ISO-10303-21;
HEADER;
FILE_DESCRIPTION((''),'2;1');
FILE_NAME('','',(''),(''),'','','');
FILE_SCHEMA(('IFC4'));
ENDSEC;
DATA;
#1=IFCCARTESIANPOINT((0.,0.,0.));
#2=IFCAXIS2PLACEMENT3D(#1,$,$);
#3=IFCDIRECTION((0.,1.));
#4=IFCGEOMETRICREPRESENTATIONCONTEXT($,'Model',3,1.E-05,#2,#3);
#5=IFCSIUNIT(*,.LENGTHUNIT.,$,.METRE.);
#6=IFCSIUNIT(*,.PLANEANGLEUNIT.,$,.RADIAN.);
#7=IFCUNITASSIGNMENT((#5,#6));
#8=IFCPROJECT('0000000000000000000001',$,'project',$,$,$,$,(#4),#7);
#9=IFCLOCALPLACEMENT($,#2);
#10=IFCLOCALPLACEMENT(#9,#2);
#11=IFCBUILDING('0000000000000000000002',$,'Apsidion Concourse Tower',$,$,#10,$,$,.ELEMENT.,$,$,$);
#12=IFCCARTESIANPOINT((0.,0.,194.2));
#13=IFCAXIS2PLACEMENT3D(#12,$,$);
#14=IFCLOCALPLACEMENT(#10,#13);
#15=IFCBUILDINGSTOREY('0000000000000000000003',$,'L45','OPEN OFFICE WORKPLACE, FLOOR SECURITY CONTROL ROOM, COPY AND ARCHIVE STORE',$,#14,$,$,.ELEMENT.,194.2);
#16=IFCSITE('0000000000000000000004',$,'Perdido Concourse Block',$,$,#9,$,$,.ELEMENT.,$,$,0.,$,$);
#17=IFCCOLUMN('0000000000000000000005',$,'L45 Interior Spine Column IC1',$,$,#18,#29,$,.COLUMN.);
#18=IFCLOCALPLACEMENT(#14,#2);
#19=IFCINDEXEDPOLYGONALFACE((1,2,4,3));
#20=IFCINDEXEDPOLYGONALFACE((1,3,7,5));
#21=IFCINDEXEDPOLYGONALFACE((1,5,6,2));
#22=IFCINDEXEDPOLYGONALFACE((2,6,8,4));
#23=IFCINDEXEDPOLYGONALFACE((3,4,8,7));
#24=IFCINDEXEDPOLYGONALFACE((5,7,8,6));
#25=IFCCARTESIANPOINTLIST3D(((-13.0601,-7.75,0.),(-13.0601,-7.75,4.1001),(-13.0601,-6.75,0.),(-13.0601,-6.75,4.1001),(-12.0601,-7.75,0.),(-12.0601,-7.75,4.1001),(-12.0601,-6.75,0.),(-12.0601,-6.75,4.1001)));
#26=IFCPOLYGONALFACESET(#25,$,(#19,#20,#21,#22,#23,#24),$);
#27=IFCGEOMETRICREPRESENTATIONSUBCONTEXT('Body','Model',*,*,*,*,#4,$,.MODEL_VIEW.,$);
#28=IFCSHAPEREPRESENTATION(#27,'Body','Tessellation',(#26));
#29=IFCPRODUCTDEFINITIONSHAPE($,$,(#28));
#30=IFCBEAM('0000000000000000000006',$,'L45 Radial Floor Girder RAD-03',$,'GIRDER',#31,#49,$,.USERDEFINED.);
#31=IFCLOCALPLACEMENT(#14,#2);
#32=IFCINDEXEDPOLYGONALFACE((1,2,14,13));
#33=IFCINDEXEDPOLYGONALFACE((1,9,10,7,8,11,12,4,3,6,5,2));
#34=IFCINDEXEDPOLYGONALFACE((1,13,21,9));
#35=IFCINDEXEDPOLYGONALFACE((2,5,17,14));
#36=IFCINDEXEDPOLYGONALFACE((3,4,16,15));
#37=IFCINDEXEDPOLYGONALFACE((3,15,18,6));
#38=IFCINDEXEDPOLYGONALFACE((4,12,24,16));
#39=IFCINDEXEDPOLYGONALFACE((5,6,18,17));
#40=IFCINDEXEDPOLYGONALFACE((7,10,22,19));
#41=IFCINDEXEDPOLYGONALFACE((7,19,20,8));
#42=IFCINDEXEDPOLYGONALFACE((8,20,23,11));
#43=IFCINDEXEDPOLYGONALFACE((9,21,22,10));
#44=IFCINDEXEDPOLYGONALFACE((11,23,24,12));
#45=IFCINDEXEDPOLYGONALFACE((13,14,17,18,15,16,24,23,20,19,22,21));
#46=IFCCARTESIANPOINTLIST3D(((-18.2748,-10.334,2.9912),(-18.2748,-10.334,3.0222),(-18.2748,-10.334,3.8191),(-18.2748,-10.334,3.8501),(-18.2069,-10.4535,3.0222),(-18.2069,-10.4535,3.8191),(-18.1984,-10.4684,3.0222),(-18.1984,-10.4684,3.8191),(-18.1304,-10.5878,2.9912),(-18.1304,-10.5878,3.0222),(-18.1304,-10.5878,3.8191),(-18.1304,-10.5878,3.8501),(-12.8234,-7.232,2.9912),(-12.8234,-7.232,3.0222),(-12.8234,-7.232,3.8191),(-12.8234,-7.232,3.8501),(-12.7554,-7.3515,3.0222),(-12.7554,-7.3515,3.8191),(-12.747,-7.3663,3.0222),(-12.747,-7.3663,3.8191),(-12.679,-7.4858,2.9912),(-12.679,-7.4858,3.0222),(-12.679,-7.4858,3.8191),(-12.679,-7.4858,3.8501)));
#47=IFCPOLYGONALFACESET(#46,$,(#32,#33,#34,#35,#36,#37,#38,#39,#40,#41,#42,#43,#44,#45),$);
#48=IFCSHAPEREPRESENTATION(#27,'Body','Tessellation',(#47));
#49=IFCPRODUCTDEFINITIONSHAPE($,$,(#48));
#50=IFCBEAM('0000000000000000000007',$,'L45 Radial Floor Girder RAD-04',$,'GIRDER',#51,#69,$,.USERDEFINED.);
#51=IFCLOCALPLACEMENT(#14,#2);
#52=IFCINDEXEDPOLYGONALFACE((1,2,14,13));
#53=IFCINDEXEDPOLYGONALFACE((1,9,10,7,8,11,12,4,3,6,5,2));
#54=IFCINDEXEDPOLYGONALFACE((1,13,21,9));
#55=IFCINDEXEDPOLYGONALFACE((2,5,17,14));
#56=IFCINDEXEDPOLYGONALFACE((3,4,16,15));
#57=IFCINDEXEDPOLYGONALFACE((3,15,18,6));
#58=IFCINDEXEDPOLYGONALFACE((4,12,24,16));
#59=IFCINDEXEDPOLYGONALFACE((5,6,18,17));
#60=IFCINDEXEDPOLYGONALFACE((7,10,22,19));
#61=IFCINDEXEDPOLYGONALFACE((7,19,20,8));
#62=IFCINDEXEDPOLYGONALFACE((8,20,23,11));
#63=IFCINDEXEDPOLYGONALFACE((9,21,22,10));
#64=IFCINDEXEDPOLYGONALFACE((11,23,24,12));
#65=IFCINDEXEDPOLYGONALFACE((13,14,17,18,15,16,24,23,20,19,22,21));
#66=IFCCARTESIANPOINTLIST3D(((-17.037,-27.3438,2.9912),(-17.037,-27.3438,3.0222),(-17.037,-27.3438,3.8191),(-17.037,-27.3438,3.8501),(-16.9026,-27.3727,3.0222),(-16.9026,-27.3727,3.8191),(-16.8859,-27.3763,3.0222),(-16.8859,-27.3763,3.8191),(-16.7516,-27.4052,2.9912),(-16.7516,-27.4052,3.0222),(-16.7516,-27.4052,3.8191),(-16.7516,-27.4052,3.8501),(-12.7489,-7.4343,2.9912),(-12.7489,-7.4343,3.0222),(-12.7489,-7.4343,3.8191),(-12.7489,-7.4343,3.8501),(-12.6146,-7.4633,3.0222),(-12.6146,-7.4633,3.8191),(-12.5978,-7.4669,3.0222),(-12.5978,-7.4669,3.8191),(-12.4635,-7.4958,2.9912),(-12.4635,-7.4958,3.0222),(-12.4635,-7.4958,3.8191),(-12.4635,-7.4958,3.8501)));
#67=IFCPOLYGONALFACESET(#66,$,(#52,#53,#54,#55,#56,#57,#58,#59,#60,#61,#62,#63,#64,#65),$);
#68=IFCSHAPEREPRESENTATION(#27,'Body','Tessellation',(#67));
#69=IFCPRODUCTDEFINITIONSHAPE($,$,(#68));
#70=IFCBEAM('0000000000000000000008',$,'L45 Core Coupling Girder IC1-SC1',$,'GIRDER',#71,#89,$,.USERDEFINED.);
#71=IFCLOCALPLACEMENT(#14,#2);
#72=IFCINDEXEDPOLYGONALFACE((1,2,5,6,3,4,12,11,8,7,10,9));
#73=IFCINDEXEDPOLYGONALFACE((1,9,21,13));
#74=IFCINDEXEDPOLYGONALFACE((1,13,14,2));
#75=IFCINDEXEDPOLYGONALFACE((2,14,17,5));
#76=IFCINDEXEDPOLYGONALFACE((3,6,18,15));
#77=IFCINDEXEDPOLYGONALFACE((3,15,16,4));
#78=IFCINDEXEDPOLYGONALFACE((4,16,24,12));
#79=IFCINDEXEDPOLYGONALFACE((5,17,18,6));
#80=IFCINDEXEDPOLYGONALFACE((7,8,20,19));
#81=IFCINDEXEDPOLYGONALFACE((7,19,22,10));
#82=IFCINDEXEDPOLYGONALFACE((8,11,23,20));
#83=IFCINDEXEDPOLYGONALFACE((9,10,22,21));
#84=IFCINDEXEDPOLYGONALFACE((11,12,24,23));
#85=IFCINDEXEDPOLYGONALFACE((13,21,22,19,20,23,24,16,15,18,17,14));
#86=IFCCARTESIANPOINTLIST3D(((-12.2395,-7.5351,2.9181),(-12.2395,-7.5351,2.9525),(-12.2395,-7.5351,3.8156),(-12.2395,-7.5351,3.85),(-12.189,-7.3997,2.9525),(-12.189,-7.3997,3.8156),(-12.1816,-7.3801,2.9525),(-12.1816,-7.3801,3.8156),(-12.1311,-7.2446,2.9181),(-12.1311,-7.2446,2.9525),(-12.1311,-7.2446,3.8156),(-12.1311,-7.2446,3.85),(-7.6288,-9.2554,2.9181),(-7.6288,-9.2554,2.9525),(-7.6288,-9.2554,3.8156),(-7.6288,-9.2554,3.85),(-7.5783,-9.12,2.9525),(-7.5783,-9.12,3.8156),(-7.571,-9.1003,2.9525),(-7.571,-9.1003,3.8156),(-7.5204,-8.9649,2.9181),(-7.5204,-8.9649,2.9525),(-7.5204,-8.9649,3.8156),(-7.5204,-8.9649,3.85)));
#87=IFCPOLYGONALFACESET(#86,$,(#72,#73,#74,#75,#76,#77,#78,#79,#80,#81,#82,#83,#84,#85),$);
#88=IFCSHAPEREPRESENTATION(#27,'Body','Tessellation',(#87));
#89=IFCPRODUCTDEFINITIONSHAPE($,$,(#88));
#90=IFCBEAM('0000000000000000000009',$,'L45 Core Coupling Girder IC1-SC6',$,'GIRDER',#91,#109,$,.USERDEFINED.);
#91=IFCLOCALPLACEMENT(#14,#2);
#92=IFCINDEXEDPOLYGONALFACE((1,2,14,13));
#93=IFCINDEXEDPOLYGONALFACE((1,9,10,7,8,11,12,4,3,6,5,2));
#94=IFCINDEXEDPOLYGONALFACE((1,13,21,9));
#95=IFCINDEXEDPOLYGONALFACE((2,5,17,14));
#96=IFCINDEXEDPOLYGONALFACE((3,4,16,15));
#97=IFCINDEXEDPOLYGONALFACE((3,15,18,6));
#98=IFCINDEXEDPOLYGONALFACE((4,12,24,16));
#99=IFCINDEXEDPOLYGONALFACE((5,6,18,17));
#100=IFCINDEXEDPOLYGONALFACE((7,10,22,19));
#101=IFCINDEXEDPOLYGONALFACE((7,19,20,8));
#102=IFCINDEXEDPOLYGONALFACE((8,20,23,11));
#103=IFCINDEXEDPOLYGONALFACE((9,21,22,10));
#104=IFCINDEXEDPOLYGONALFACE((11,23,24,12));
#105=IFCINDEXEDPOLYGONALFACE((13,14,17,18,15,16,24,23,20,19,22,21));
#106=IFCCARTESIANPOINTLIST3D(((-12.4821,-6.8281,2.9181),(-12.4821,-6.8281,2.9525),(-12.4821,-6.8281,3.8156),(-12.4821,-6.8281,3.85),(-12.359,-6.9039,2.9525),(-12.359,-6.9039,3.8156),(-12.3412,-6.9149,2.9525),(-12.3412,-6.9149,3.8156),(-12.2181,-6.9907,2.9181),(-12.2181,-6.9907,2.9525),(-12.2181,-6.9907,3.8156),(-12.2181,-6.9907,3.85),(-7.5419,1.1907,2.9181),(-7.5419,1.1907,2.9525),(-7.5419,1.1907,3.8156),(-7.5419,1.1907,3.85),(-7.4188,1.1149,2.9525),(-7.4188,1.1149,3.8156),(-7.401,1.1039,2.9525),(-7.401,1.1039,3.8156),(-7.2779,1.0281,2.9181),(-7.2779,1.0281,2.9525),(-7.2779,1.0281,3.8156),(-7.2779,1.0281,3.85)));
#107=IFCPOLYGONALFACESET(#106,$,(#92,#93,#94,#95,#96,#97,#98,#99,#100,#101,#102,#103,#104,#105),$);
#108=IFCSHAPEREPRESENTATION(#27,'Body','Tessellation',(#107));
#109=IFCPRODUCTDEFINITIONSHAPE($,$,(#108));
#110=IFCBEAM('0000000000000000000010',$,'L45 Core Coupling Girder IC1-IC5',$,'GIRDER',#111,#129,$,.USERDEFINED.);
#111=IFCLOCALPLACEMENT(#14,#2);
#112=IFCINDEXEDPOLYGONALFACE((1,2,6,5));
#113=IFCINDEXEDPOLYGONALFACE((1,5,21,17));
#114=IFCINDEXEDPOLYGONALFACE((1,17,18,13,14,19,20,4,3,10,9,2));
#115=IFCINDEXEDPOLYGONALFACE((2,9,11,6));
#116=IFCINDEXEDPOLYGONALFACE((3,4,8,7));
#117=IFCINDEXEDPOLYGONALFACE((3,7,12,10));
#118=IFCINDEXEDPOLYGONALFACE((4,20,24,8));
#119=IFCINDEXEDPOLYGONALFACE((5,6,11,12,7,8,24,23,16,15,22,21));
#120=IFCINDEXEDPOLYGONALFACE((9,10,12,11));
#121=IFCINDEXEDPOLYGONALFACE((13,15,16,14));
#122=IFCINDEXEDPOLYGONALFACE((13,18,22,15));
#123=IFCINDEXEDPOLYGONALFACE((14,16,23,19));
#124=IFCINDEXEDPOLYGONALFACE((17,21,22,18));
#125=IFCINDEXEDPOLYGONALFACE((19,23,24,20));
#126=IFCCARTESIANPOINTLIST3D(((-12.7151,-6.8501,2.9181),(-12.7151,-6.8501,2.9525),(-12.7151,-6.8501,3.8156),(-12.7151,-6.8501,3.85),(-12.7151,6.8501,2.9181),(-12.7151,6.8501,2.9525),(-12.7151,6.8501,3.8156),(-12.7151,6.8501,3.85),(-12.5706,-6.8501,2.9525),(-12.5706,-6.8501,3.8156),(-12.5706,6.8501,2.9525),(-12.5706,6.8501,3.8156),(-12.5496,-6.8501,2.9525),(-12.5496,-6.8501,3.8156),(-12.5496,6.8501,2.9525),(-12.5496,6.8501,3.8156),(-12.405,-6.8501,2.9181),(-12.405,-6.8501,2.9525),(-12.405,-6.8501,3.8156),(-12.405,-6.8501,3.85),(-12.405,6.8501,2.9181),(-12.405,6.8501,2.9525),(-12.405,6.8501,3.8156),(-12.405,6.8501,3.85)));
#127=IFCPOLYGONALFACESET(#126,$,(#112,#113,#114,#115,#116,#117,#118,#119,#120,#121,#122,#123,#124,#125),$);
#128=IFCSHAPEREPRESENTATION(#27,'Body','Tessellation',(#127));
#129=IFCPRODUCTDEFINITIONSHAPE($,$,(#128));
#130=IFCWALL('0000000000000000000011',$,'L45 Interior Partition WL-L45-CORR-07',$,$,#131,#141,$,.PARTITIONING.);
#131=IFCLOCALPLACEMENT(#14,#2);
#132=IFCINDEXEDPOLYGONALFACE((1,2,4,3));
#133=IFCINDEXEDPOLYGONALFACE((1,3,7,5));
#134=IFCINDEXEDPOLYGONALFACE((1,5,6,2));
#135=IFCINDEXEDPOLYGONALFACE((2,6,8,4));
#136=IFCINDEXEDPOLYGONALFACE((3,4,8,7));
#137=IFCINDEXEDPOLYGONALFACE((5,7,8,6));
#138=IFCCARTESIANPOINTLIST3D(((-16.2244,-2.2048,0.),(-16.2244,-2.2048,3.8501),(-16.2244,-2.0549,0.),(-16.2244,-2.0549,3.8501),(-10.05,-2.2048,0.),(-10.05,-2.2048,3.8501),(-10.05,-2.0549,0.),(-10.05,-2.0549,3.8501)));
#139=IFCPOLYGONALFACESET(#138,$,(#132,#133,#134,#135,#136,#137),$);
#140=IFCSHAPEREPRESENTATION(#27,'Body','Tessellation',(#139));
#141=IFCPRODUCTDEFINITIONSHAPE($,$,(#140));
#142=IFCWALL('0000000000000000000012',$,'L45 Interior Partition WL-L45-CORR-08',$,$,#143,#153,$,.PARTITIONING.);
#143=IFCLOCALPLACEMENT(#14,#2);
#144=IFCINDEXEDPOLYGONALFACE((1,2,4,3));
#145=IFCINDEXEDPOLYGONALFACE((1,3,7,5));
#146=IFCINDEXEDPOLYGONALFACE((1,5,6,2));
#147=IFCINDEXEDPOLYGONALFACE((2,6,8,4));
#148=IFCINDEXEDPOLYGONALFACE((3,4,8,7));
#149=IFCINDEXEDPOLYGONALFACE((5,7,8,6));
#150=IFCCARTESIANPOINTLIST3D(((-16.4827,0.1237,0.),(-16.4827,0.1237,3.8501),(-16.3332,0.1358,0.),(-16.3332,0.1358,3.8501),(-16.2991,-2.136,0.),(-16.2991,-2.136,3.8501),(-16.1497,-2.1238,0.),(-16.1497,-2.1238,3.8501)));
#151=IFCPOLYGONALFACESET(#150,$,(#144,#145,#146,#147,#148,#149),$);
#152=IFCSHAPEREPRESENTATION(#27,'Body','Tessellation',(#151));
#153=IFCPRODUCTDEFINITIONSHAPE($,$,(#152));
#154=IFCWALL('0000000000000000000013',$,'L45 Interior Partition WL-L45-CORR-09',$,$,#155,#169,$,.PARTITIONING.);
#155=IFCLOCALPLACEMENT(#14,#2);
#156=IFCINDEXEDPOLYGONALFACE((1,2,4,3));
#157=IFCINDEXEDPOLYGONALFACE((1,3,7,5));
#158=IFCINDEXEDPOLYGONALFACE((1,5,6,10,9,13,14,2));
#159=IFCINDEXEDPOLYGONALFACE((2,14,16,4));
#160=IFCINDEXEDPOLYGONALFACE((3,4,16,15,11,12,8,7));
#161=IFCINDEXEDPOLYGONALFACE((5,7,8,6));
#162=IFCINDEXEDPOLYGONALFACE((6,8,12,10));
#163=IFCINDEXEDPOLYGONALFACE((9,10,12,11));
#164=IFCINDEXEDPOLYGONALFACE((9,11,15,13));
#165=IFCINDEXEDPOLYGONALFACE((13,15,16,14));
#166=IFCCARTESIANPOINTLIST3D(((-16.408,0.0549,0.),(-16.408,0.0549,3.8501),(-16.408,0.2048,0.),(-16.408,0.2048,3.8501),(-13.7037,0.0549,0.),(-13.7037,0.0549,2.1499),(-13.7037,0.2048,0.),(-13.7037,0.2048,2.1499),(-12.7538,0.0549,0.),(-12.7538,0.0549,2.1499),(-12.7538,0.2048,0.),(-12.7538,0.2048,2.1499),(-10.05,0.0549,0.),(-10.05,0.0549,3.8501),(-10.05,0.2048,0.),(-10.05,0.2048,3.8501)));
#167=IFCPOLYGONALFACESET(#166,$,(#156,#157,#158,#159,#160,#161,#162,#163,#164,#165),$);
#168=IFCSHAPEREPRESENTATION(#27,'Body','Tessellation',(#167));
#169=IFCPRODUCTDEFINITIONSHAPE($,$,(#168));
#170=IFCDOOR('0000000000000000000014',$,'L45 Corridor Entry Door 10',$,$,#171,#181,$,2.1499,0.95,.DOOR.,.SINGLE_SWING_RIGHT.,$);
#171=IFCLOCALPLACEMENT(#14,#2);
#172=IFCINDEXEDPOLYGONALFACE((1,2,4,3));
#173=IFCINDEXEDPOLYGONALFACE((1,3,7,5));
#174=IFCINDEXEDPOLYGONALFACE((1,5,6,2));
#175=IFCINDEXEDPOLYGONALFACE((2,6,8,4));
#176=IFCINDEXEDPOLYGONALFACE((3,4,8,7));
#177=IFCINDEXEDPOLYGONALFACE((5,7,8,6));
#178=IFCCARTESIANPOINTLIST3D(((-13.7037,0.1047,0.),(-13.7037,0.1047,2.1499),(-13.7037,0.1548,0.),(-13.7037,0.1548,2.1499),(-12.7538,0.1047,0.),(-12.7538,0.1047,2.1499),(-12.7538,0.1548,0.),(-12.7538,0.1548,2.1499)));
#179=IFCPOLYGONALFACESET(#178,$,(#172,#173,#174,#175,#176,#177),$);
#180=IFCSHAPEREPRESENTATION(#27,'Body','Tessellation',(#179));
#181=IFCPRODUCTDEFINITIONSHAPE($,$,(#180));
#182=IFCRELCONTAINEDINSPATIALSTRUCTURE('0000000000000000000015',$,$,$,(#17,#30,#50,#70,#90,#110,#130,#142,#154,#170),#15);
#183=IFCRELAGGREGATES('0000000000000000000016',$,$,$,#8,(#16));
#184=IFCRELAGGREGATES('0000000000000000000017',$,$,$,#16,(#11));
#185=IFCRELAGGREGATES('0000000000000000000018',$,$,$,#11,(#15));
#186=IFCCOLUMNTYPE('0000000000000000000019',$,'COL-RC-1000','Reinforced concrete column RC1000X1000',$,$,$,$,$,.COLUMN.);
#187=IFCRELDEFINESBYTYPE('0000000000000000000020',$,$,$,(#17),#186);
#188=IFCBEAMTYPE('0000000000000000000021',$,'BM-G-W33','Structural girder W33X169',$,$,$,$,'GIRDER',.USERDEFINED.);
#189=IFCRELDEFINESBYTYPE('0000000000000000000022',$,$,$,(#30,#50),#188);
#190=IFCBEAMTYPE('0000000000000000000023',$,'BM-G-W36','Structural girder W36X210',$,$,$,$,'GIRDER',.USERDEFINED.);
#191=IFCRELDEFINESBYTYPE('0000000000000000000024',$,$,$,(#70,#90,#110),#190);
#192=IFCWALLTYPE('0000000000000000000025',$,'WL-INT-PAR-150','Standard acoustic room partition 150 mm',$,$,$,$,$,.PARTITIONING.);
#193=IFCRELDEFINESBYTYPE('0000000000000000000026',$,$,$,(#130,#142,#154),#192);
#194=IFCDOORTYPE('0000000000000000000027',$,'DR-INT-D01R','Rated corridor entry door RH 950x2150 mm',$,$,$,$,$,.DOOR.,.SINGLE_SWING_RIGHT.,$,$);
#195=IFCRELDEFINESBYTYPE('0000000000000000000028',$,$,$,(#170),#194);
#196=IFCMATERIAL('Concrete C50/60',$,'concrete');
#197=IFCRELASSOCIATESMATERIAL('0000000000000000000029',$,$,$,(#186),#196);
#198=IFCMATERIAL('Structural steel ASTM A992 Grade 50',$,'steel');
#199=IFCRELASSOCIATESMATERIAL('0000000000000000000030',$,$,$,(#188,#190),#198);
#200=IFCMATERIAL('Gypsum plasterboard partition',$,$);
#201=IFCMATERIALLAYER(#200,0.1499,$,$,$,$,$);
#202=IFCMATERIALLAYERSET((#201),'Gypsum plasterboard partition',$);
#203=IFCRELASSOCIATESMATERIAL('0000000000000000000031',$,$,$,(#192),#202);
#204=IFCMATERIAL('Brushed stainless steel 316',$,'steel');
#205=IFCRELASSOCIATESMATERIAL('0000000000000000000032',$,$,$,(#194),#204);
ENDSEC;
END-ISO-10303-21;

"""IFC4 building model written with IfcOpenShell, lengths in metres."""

from ifc_helpers import new_model, si_unit, direction, frame, frame_2d, origin, origin_2d, place, context, subcontext, project, spatial, rectangle, i_section, extrude, material, layer, layer_set, material_profile, profile_set, type_object, element, fill, save


model = new_model("IFC4")

# Units and contexts
model_context = context("Model", 3, precision=1e-05, world=origin(), true_north=direction((0.0, 1.0)))
body_context = subcontext(model_context, "Body", "Model", "MODEL_VIEW")
ifc_project = project(units=[si_unit("LENGTHUNIT", "METRE"), si_unit("PLANEANGLEUNIT", "RADIAN")], contexts=[model_context])

# Site, building, storey
site_placement = place(None, origin())
site = spatial("IfcSite", under=ifc_project, at=site_placement, Name="Perdido Concourse Block", CompositionType="ELEMENT", RefElevation=0.0)
building_placement = place(site_placement, origin())
building = spatial("IfcBuilding", under=site, at=building_placement, Name="Apsidion Concourse Tower", CompositionType="ELEMENT")
storey_placement = place(building_placement, frame((0.0, 0.0, 194.2)))
storey = spatial("IfcBuildingStorey", under=building, at=storey_placement, Name="L45", Description="OPEN OFFICE WORKPLACE, FLOOR SECURITY CONTROL ROOM, COPY AND ARCHIVE STORE", CompositionType="ELEMENT", Elevation=194.2)

# Column
ifc_material_1 = material(Name="Concrete C50/60", Category="concrete")
ifc_material_profile_1 = material_profile(ifc_material_1, rectangle(XDim=1.0, YDim=1.0, at=origin_2d()), Name="RC 1000x1000")
ifc_profile_set_1 = profile_set([ifc_material_profile_1], Name="Concrete C50/60")
column_type = type_object("IfcColumnType", Name="COL-RC-1000", Description="Reinforced concrete column RC1000X1000", PredefinedType="COLUMN", material=ifc_profile_set_1)
column_placement = place(storey_placement, frame((-12.5601, -7.25, 0.0), z_axis=(0.0, 0.0, 1.0), x_axis=(1.0, 0.0, 0.0)))
element("IfcColumn", 1, at=column_placement, inside=storey, type_object=column_type, Name="L45 Interior Spine Column IC1", PredefinedType="COLUMN", context=body_context, shape_type="SweptSolid", body=[
    extrude(rectangle(XDim=1.0, YDim=1.0, at=origin_2d()), origin(), (0.0, 0.0, 1.0), 4.1001),
])

# Beams
ifc_material_2 = material(Name="Structural steel ASTM A992 Grade 50", Category="steel")
ifc_material_profile_2 = material_profile(ifc_material_2, i_section(OverallWidth=0.292, OverallDepth=0.8589, WebThickness=0.0171, FlangeThickness=0.031, at=origin_2d()), Name="W33X169")
ifc_profile_set_2 = profile_set([ifc_material_profile_2], Name="Structural steel ASTM A992 Grade 50")
beam_type_1 = type_object("IfcBeamType", Name="BM-G-W33", Description="Structural girder W33X169", ElementType="GIRDER", PredefinedType="USERDEFINED", material=ifc_profile_set_2)
beam_1_placement = place(storey_placement, frame((-12.7512, -7.3589, 3.4207), z_axis=(-0.869138, -0.49457, 0.0), x_axis=(0.49457, -0.869138, 0.0)))
element("IfcBeam", 2, at=beam_1_placement, inside=storey, type_object=beam_type_1, Name="L45 Radial Floor Girder RAD-03", ObjectType="GIRDER", PredefinedType="USERDEFINED", context=body_context, shape_type="SweptSolid", body=[
    extrude(i_section(OverallWidth=0.292, OverallDepth=0.8589, WebThickness=0.0171, FlangeThickness=0.031, at=origin_2d()), origin(), (0.0, 0.0, 1.0), 6.2722),
])
beam_2_placement = place(storey_placement, frame((-12.6062, -7.4651, 3.4207), z_axis=(-0.210551, -0.977583, 0.0), x_axis=(0.977583, -0.210551, 0.0)))
element("IfcBeam", 3, at=beam_2_placement, inside=storey, type_object=beam_type_1, Name="L45 Radial Floor Girder RAD-04", ObjectType="GIRDER", PredefinedType="USERDEFINED", context=body_context, shape_type="SweptSolid", body=[
    extrude(i_section(OverallWidth=0.292, OverallDepth=0.8589, WebThickness=0.0171, FlangeThickness=0.031, at=origin_2d()), origin(), (0.0, 0.0, 1.0), 20.366),
])
ifc_material_profile_3 = material_profile(ifc_material_2, i_section(OverallWidth=0.3101, OverallDepth=0.9319, WebThickness=0.021, FlangeThickness=0.0344, at=origin_2d()), Name="W36X210")
ifc_profile_set_3 = profile_set([ifc_material_profile_3], Name="Structural steel ASTM A992 Grade 50")
beam_type_2 = type_object("IfcBeamType", Name="BM-G-W36", Description="Structural girder W36X210", ElementType="GIRDER", PredefinedType="USERDEFINED", material=ifc_profile_set_3)
beam_3_placement = place(storey_placement, frame((-12.1853, -7.3899, 3.384), z_axis=(0.936913, -0.349563, 0.0), x_axis=(0.349563, 0.936913, 0.0)))
element("IfcBeam", 4, at=beam_3_placement, inside=storey, type_object=beam_type_2, Name="L45 Core Coupling Girder IC1-SC1", ObjectType="GIRDER", PredefinedType="USERDEFINED", context=body_context, shape_type="SweptSolid", body=[
    extrude(i_section(OverallWidth=0.3101, OverallDepth=0.9319, WebThickness=0.021, FlangeThickness=0.0344, at=origin_2d()), origin(), (0.0, 0.0, 1.0), 4.9211),
])
beam_4_placement = place(storey_placement, frame((-12.3501, -6.9094, 3.384), z_axis=(0.524524, 0.851396, 0.0), x_axis=(-0.851396, 0.524524, 0.0)))
element("IfcBeam", 5, at=beam_4_placement, inside=storey, type_object=beam_type_2, Name="L45 Core Coupling Girder IC1-SC6", ObjectType="GIRDER", PredefinedType="USERDEFINED", context=body_context, shape_type="SweptSolid", body=[
    extrude(i_section(OverallWidth=0.3101, OverallDepth=0.9319, WebThickness=0.021, FlangeThickness=0.0344, at=origin_2d()), origin(), (0.0, 0.0, 1.0), 9.4185),
])
beam_5_placement = place(storey_placement, frame((-12.5601, -6.8501, 3.384), z_axis=(0.0, 1.0, 0.0), x_axis=(-1.0, 0.0, 0.0)))
element("IfcBeam", 6, at=beam_5_placement, inside=storey, type_object=beam_type_2, Name="L45 Core Coupling Girder IC1-IC5", ObjectType="GIRDER", PredefinedType="USERDEFINED", context=body_context, shape_type="SweptSolid", body=[
    extrude(i_section(OverallWidth=0.3101, OverallDepth=0.9319, WebThickness=0.021, FlangeThickness=0.0344, at=origin_2d()), origin(), (0.0, 0.0, 1.0), 13.7002),
])

# Walls
ifc_material_3 = material(Name="Gypsum plasterboard partition")
ifc_layer_1 = layer(ifc_material_3, 0.1499)
ifc_layer_set_1 = layer_set([ifc_layer_1], Name="Gypsum plasterboard partition")
wall_type_1 = type_object("IfcWallType", Name="WL-INT-PAR-150", Description="Standard acoustic room partition 150 mm", PredefinedType="PARTITIONING", material=ifc_layer_set_1)
wall_1_placement = place(storey_placement, frame((-10.05, -2.1299, 0.0), z_axis=(0.0, 0.0, 1.0), x_axis=(-1.0, 0.0, 0.0)))
element("IfcWall", 7, at=wall_1_placement, inside=storey, type_object=wall_type_1, Name="L45 Interior Partition WL-L45-CORR-07", PredefinedType="PARTITIONING", context=body_context, shape_type="SweptSolid", body=[
    extrude(rectangle(XDim=6.1743, YDim=0.1499, at=frame_2d((3.0872, 0.0))), origin(), (0.0, 0.0, 1.0), 3.8501),
])
wall_2_placement = place(storey_placement, frame((-16.2244, -2.1299, 0.0), z_axis=(0.0, 0.0, 1.0), x_axis=(-0.080978, 0.996716, 0.0)))
element("IfcWall", 8, at=wall_2_placement, inside=storey, type_object=wall_type_1, Name="L45 Interior Partition WL-L45-CORR-08", PredefinedType="PARTITIONING", context=body_context, shape_type="SweptSolid", body=[
    extrude(rectangle(XDim=2.2671, YDim=0.1499, at=frame_2d((1.1335, 0.0))), origin(), (0.0, 0.0, 1.0), 3.8501),
])

# Wall, opening, door
wall_3_placement = place(storey_placement, frame((-16.408, 0.1299, 0.0), z_axis=(0.0, 0.0, 1.0), x_axis=(1.0, 0.0, 0.0)))
wall_3 = element("IfcWall", 9, at=wall_3_placement, inside=storey, type_object=wall_type_1, Name="L45 Interior Partition WL-L45-CORR-09", PredefinedType="PARTITIONING", context=body_context, shape_type="SweptSolid", body=[
    extrude(rectangle(XDim=6.3579, YDim=0.1499, at=frame_2d((3.179, 0.0))), origin(), (0.0, 0.0, 1.0), 3.8501),
])
opening_1_placement = place(wall_3_placement, frame((2.7041, 0.0, 0.0)))
opening_1 = element("IfcOpeningElement", 10, at=opening_1_placement, cuts=wall_3, PredefinedType="OPENING", context=body_context, shape_type="SweptSolid", body=[
    extrude(rectangle(XDim=0.95, YDim=2.1499, at=frame_2d((0.4751, 1.075))), frame((0.0, 0.085, 0.0), z_axis=(0.0, -1.0, 0.0), x_axis=(1.0, 0.0, 0.0)), (0.0, 0.0, 1.0), 0.1699),
])
ifc_material_4 = material(Name="Brushed stainless steel 316", Category="steel")
door_type_1 = type_object("IfcDoorType", Name="DR-INT-D01R", Description="Rated corridor entry door RH 950x2150 mm", OperationType="SINGLE_SWING_RIGHT", PredefinedType="DOOR", material=ifc_material_4)
door_1_placement = place(opening_1_placement, origin())
door_1 = element("IfcDoor", 11, at=door_1_placement, inside=storey, type_object=door_type_1, Name="L45 Corridor Entry Door 10", OperationType="SINGLE_SWING_RIGHT", OverallHeight=2.1499, OverallWidth=0.95, PredefinedType="DOOR", context=body_context, shape_type="SweptSolid", body=[
    extrude(rectangle(XDim=0.95, YDim=2.1499, at=frame_2d((0.4751, 1.075))), frame((0.0, 0.0249, 0.0), z_axis=(0.0, -1.0, 0.0), x_axis=(1.0, 0.0, 0.0)), (0.0, 0.0, 1.0), 0.05),
])
fill(opening_1, door_1)

save(model, "model.ifc")
